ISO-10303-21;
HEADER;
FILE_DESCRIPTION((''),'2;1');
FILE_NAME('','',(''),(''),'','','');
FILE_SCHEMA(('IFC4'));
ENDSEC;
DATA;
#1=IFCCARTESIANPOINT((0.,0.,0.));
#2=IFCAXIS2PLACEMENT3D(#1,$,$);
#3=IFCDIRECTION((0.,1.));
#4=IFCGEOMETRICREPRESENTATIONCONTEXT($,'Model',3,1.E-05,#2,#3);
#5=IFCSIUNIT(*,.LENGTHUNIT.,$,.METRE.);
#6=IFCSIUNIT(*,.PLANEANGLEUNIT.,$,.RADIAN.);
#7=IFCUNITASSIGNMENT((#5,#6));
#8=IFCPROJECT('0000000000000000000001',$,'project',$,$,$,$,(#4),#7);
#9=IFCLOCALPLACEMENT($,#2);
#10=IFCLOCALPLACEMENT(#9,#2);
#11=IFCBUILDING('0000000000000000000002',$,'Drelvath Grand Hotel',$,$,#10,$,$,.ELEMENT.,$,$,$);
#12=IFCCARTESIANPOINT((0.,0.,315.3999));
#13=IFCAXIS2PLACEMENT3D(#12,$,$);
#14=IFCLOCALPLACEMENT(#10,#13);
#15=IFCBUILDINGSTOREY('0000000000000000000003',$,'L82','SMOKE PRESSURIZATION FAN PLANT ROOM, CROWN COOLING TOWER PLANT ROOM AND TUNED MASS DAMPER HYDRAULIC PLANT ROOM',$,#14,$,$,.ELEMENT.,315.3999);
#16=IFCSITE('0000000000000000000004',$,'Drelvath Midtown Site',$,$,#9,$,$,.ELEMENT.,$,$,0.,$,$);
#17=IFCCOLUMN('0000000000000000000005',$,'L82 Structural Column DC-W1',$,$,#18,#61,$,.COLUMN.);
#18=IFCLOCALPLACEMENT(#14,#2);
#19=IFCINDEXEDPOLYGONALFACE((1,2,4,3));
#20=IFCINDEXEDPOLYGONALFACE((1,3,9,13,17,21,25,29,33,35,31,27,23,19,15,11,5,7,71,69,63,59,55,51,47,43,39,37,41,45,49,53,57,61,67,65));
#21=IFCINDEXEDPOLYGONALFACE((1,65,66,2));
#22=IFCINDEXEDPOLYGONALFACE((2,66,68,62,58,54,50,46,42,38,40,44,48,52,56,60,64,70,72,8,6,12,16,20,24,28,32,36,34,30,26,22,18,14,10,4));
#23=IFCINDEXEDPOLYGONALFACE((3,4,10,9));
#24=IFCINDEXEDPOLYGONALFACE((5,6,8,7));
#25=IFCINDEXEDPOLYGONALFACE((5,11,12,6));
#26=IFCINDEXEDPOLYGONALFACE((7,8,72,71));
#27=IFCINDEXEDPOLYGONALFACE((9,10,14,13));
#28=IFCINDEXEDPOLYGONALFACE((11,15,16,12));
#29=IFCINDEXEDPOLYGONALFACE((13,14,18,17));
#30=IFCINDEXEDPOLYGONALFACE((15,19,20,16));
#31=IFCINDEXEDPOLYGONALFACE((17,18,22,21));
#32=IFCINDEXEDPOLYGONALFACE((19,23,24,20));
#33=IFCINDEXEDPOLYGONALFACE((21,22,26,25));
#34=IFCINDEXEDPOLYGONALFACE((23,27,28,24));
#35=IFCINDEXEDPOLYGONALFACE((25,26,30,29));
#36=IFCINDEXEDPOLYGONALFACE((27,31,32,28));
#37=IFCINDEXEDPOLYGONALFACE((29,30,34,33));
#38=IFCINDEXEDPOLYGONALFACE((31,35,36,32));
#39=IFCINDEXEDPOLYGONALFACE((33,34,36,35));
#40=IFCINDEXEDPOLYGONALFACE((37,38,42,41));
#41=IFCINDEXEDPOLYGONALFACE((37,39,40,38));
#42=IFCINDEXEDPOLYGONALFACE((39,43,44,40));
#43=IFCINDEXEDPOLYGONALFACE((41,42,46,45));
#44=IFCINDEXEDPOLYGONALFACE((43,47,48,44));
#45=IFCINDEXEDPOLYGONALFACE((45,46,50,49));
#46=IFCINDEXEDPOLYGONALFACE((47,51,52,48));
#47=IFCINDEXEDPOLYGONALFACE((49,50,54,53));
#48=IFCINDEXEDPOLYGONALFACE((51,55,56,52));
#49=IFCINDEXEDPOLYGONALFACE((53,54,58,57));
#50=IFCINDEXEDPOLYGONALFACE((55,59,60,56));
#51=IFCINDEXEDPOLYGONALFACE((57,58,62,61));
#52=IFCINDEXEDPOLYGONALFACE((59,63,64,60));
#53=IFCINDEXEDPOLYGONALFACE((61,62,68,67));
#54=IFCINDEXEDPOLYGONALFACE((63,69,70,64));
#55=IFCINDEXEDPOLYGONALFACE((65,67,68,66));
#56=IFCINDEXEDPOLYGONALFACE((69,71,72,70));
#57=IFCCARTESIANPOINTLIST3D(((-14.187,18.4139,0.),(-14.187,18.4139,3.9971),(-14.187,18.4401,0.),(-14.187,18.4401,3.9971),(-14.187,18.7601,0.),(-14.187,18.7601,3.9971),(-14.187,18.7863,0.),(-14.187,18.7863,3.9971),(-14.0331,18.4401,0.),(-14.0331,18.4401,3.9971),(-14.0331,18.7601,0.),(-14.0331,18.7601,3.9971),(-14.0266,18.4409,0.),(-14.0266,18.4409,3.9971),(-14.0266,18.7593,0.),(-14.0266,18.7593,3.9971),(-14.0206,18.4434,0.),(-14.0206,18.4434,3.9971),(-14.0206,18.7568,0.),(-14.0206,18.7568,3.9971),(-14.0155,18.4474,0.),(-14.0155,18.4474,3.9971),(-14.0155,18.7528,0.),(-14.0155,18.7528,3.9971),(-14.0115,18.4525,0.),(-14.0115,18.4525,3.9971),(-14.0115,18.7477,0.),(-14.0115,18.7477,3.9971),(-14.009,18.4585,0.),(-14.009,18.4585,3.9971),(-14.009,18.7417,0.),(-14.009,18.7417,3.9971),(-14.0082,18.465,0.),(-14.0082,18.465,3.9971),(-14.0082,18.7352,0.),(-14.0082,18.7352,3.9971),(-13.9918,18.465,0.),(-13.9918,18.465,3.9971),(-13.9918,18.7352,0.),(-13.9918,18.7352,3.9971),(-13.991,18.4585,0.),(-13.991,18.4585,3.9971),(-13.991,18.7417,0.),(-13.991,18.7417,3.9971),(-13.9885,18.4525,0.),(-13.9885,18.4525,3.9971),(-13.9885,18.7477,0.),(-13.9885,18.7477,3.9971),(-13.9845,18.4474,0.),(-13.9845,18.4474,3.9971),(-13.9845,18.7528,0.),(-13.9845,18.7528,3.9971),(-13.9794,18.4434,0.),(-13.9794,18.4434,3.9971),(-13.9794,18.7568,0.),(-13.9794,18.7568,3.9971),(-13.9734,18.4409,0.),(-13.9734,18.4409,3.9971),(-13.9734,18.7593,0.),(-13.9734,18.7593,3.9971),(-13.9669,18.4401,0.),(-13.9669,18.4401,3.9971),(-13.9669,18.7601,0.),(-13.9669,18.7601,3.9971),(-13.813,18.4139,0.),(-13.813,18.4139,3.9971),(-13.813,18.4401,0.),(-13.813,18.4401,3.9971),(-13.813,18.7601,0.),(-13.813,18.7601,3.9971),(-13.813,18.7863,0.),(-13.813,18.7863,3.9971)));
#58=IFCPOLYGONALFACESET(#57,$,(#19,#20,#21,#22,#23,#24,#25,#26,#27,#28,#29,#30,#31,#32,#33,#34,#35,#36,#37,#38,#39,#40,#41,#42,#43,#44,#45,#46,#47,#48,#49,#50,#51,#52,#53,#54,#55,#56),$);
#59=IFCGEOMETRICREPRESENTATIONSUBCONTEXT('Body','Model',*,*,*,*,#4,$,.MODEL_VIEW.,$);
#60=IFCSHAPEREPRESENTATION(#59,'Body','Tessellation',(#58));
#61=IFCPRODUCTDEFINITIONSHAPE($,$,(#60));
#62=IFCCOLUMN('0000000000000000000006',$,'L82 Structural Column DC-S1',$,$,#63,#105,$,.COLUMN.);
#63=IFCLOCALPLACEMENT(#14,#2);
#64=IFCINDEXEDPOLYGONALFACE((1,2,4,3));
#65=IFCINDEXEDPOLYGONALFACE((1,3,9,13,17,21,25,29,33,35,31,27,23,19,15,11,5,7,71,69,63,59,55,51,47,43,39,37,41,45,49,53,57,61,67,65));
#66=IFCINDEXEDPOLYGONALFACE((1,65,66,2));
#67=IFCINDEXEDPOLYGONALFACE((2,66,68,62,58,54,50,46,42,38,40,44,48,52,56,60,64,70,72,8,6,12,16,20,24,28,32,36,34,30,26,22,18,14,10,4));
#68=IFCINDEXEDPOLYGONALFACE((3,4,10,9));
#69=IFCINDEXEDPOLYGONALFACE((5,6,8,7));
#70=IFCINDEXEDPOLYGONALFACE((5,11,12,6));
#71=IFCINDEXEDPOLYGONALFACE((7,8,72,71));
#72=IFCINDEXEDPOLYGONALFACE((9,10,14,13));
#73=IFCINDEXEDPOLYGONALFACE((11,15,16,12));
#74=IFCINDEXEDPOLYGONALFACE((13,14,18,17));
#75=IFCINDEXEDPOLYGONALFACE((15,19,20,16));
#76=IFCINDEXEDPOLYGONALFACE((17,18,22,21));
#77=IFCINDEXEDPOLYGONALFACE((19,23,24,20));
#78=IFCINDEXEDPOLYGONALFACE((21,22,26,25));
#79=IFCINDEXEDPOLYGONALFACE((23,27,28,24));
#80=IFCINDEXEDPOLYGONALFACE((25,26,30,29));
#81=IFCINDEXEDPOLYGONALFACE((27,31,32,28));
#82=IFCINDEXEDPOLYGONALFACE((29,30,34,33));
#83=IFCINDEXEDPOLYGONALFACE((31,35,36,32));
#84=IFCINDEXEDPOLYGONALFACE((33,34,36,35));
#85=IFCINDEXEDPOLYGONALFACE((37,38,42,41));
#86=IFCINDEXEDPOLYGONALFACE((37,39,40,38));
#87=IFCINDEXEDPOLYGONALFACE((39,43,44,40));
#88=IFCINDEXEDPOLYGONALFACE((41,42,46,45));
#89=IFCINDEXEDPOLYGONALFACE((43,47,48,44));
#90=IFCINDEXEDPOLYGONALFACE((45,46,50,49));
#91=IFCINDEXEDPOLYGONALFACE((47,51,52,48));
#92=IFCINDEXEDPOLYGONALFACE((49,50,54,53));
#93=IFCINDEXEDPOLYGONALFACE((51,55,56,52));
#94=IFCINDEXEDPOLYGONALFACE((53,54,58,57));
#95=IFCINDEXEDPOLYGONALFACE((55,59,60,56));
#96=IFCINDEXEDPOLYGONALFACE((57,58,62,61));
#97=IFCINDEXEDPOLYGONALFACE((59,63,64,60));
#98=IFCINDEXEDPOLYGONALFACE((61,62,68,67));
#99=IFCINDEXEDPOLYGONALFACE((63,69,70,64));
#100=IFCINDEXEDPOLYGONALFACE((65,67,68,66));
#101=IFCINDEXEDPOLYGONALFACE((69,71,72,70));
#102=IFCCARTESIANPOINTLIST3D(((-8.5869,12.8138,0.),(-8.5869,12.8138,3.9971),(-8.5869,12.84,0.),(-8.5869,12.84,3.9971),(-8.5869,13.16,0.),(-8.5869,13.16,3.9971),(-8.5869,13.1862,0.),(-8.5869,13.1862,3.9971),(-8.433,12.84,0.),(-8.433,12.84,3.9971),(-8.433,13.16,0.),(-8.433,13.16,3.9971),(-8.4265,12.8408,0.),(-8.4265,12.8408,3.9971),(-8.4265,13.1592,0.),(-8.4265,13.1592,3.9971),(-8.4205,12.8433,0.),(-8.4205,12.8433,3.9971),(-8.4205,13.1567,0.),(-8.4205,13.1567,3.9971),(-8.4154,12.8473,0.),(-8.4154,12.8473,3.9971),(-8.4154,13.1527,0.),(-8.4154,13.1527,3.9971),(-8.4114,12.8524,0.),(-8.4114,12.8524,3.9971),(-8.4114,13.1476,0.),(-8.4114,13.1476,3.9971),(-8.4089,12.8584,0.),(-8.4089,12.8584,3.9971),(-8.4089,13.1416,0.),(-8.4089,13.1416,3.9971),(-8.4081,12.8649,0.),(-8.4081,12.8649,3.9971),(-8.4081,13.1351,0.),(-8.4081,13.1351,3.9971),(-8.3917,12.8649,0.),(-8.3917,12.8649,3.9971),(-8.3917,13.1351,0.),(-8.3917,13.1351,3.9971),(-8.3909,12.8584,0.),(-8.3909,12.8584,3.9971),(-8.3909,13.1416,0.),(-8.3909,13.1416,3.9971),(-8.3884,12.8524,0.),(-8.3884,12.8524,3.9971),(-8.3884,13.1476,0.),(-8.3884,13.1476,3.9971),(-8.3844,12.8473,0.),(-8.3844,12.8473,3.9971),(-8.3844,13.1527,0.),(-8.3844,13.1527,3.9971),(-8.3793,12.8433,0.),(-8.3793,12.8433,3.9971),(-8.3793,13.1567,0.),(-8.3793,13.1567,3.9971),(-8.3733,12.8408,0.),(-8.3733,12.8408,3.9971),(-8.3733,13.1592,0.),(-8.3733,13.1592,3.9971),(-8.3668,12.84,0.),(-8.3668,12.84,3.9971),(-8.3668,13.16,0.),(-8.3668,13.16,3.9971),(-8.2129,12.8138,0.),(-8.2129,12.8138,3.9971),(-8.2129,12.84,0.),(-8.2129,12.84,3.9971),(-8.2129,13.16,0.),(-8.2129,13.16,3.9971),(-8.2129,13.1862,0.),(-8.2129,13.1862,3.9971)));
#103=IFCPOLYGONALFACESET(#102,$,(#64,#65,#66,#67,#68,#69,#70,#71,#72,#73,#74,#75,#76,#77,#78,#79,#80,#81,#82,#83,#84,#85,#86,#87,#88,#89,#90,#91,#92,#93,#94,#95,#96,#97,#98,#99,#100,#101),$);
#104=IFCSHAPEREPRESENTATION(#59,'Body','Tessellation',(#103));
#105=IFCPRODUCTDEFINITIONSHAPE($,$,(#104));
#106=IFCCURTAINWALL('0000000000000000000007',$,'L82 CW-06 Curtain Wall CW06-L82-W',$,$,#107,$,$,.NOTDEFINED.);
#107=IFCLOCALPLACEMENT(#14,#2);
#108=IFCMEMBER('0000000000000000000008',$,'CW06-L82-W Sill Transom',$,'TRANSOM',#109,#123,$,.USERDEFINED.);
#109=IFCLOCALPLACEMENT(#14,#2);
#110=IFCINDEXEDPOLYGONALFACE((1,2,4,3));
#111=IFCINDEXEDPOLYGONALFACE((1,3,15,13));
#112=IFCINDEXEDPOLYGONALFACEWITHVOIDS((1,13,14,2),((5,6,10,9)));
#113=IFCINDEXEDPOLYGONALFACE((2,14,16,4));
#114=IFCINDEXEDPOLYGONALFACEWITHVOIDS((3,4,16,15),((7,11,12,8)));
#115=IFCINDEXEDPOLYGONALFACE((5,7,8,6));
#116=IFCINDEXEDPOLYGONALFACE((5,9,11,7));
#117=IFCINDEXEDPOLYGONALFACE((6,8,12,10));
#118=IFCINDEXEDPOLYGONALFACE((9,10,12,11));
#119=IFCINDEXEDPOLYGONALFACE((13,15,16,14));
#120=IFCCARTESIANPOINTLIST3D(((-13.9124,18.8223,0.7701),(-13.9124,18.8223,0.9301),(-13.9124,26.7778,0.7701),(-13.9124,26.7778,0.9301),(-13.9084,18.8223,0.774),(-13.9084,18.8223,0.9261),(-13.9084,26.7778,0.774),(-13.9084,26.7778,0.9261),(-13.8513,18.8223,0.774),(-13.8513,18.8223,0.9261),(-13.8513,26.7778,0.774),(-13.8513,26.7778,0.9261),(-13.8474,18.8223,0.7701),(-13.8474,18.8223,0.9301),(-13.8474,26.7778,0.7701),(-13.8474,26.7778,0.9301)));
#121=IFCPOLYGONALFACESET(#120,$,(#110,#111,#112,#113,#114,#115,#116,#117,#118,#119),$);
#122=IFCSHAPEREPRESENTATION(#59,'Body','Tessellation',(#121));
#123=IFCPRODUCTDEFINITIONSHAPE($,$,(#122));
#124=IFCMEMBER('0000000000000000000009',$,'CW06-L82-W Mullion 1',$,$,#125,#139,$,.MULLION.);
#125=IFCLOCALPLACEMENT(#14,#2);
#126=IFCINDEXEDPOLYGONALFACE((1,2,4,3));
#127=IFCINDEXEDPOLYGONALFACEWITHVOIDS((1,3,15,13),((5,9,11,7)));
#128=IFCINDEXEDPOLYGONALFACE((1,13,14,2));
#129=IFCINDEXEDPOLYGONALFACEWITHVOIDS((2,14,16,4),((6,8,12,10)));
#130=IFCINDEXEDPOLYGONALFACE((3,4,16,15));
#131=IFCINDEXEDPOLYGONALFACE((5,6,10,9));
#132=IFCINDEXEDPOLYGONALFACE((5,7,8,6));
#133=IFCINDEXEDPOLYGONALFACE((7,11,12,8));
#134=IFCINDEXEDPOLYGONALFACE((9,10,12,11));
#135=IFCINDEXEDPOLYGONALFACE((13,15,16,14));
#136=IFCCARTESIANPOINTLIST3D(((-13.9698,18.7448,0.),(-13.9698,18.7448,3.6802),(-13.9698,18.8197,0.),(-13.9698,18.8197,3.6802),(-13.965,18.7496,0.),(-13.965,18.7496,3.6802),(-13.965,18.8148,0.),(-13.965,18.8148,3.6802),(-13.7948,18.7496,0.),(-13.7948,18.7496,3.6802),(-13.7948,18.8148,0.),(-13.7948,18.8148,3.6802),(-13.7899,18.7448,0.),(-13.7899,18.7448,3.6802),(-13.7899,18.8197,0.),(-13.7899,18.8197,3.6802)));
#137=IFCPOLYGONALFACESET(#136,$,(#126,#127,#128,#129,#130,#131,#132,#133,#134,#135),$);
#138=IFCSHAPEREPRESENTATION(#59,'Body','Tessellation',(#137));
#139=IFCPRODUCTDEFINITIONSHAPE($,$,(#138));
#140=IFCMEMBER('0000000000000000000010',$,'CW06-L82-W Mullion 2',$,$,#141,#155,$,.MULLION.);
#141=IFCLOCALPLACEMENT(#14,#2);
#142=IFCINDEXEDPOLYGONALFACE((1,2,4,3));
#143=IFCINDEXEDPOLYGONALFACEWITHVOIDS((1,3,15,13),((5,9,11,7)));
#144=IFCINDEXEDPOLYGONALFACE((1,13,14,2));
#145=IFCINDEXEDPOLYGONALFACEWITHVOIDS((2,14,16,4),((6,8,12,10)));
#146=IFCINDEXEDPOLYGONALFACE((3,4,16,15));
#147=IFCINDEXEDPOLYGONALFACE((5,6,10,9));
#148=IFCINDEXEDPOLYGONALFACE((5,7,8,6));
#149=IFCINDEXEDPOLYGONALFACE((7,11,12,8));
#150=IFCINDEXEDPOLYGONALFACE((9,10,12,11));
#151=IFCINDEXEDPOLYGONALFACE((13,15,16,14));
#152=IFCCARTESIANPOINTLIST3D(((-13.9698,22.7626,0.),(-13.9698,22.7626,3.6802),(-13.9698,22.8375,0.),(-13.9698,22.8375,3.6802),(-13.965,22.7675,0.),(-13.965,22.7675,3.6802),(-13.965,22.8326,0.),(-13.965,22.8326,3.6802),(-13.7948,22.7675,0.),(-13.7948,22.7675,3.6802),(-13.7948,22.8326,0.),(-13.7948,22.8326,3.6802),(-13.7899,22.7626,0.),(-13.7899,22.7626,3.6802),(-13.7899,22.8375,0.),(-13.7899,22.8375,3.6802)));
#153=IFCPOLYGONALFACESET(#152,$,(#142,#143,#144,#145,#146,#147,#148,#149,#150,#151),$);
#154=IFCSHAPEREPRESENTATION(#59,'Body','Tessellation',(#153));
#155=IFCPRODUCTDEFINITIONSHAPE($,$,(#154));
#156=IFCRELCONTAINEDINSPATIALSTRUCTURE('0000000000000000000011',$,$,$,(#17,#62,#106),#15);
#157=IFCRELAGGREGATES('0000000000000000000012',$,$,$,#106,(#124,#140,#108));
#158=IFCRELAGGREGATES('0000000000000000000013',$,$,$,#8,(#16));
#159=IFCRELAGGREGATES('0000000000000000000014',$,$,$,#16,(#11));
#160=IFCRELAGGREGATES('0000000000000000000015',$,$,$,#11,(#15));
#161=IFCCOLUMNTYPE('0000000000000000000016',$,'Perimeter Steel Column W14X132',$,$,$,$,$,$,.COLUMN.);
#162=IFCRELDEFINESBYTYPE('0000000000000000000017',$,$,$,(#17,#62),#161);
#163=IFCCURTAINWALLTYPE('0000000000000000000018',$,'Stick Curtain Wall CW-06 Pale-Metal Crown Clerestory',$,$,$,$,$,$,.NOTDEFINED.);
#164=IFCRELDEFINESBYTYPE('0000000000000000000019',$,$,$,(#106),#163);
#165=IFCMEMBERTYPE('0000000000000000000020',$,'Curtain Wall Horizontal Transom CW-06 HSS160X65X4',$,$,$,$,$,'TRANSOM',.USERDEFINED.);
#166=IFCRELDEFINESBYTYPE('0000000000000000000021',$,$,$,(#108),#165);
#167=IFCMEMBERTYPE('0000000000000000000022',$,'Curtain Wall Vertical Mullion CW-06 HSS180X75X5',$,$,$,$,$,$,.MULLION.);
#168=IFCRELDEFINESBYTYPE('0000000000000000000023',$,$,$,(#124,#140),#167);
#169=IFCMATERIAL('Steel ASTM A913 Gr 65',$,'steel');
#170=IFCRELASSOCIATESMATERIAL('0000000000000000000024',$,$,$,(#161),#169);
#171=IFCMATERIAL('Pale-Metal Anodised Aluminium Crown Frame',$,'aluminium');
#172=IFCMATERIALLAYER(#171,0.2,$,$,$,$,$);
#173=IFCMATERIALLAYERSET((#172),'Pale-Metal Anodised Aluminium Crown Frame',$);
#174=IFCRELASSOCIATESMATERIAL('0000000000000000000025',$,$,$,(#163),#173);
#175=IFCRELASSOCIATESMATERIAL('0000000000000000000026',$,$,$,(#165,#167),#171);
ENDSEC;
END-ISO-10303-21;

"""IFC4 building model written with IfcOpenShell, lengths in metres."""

from ifc_helpers import new_model, si_unit, direction, frame, origin, origin_2d, place, context, subcontext, project, spatial, hollow_rectangle, i_section, extrude, material, layer, layer_set, material_profile, profile_set, type_object, element, aggregate, save


model = new_model("IFC4")

# Units and contexts
model_context = context("Model", 3, precision=1e-05, world=origin(), true_north=direction((0.0, 1.0)))
body_context = subcontext(model_context, "Body", "Model", "MODEL_VIEW")
ifc_project = project(units=[si_unit("LENGTHUNIT", "METRE"), si_unit("PLANEANGLEUNIT", "RADIAN")], contexts=[model_context])

# Site, building, storey
site_placement = place(None, origin())
site = spatial("IfcSite", under=ifc_project, at=site_placement, Name="Drelvath Midtown Site", CompositionType="ELEMENT", RefElevation=0.0)
building_placement = place(site_placement, origin())
building = spatial("IfcBuilding", under=site, at=building_placement, Name="Drelvath Grand Hotel", CompositionType="ELEMENT")
storey_placement = place(building_placement, frame((0.0, 0.0, 315.3999)))
storey = spatial("IfcBuildingStorey", under=building, at=storey_placement, Name="L82", Description="SMOKE PRESSURIZATION FAN PLANT ROOM, CROWN COOLING TOWER PLANT ROOM AND TUNED MASS DAMPER HYDRAULIC PLANT ROOM", CompositionType="ELEMENT", Elevation=315.3999)

# Columns
ifc_material_1 = material(Name="Steel ASTM A913 Gr 65", Category="steel")
ifc_material_profile_1 = material_profile(ifc_material_1, i_section(OverallWidth=0.374, OverallDepth=0.3723, WebThickness=0.0164, FlangeThickness=0.0261, FilletRadius=0.0249, at=origin_2d()), Name="W14X132")
ifc_profile_set_1 = profile_set([ifc_material_profile_1], Name="Steel ASTM A913 Gr 65")
column_type = type_object("IfcColumnType", Name="Perimeter Steel Column W14X132", PredefinedType="COLUMN", material=ifc_profile_set_1)
for number, where, z_axis, x_axis, name in (
    (1, (-14.0, 18.6001, 0.0), (0.0, 0.0, 1.0), (1.0, 0.0, 0.0), "L82 Structural Column DC-W1"),
    (2, (-8.3999, 13.0, 0.0), (0.0, 0.0, 1.0), (1.0, 0.0, 0.0), "L82 Structural Column DC-S1"),
):
    element("IfcColumn", number, at=place(storey_placement, frame(where, z_axis=z_axis, x_axis=x_axis)), inside=storey, type_object=column_type, Name=name, PredefinedType="COLUMN", context=body_context, shape_type="SweptSolid", body=[
        extrude(i_section(OverallWidth=0.374, OverallDepth=0.3723, WebThickness=0.0164, FlangeThickness=0.0261, FilletRadius=0.0249, at=origin_2d()), origin(), (0.0, 0.0, 1.0), 3.9971),
    ])

# Curtain wall, members
ifc_material_2 = material(Name="Pale-Metal Anodised Aluminium Crown Frame", Category="aluminium")
ifc_layer_1 = layer(ifc_material_2, 0.2)
ifc_layer_set_1 = layer_set([ifc_layer_1], Name="Pale-Metal Anodised Aluminium Crown Frame")
curtain_wall_type = type_object("IfcCurtainWallType", Name="Stick Curtain Wall CW-06 Pale-Metal Crown Clerestory", PredefinedType="NOTDEFINED", material=ifc_layer_set_1)
curtain_wall_placement = place(storey_placement, origin())
curtain_wall = element("IfcCurtainWall", 3, at=curtain_wall_placement, inside=storey, type_object=curtain_wall_type, Name="L82 CW-06 Curtain Wall CW06-L82-W", PredefinedType="NOTDEFINED")
ifc_material_profile_2 = material_profile(ifc_material_2, hollow_rectangle(XDim=0.0649, YDim=0.1599, WallThickness=0.0039, at=origin_2d()), Name="HSS160X65X4")
ifc_profile_set_2 = profile_set([ifc_material_profile_2], Name="Pale-Metal Anodised Aluminium Crown Frame")
member_type_1 = type_object("IfcMemberType", Name="Curtain Wall Horizontal Transom CW-06 HSS160X65X4", ElementType="TRANSOM", PredefinedType="USERDEFINED", material=ifc_profile_set_2)
member_1_placement = place(storey_placement, frame((-13.8799, 18.8223, 0.8501), z_axis=(0.0, 1.0, 0.0), x_axis=(-1.0, 0.0, 0.0)))
member_1 = element("IfcMember", 4, at=member_1_placement, type_object=member_type_1, Name="CW06-L82-W Sill Transom", ObjectType="TRANSOM", PredefinedType="USERDEFINED", context=body_context, shape_type="SweptSolid", body=[
    extrude(hollow_rectangle(XDim=0.0649, YDim=0.1599, WallThickness=0.0039, at=origin_2d()), origin(), (0.0, 0.0, 1.0), 7.9556),
])
ifc_material_profile_3 = material_profile(ifc_material_2, hollow_rectangle(XDim=0.075, YDim=0.1799, WallThickness=0.0049, at=origin_2d()), Name="HSS180X75X5")
ifc_profile_set_3 = profile_set([ifc_material_profile_3], Name="Pale-Metal Anodised Aluminium Crown Frame")
member_type_2 = type_object("IfcMemberType", Name="Curtain Wall Vertical Mullion CW-06 HSS180X75X5", PredefinedType="MULLION", material=ifc_profile_set_3)
member_2_placement = place(storey_placement, frame((-13.8799, 18.7822, 0.0), z_axis=(0.0, 0.0, 1.0), x_axis=(0.0, 1.0, 0.0)))
member_2 = element("IfcMember", 5, at=member_2_placement, type_object=member_type_2, Name="CW06-L82-W Mullion 1", PredefinedType="MULLION", context=body_context, shape_type="SweptSolid", body=[
    extrude(hollow_rectangle(XDim=0.075, YDim=0.1799, WallThickness=0.0049, at=origin_2d()), origin(), (0.0, 0.0, 1.0), 3.6802),
])
member_3_placement = place(storey_placement, frame((-13.8799, 22.8, 0.0), z_axis=(0.0, 0.0, 1.0), x_axis=(0.0, 1.0, 0.0)))
member_3 = element("IfcMember", 6, at=member_3_placement, type_object=member_type_2, Name="CW06-L82-W Mullion 2", PredefinedType="MULLION", context=body_context, shape_type="SweptSolid", body=[
    extrude(hollow_rectangle(XDim=0.075, YDim=0.1799, WallThickness=0.0049, at=origin_2d()), origin(), (0.0, 0.0, 1.0), 3.6802),
])

aggregate(curtain_wall, [member_2, member_3, member_1])

save(model, "model.ifc")
